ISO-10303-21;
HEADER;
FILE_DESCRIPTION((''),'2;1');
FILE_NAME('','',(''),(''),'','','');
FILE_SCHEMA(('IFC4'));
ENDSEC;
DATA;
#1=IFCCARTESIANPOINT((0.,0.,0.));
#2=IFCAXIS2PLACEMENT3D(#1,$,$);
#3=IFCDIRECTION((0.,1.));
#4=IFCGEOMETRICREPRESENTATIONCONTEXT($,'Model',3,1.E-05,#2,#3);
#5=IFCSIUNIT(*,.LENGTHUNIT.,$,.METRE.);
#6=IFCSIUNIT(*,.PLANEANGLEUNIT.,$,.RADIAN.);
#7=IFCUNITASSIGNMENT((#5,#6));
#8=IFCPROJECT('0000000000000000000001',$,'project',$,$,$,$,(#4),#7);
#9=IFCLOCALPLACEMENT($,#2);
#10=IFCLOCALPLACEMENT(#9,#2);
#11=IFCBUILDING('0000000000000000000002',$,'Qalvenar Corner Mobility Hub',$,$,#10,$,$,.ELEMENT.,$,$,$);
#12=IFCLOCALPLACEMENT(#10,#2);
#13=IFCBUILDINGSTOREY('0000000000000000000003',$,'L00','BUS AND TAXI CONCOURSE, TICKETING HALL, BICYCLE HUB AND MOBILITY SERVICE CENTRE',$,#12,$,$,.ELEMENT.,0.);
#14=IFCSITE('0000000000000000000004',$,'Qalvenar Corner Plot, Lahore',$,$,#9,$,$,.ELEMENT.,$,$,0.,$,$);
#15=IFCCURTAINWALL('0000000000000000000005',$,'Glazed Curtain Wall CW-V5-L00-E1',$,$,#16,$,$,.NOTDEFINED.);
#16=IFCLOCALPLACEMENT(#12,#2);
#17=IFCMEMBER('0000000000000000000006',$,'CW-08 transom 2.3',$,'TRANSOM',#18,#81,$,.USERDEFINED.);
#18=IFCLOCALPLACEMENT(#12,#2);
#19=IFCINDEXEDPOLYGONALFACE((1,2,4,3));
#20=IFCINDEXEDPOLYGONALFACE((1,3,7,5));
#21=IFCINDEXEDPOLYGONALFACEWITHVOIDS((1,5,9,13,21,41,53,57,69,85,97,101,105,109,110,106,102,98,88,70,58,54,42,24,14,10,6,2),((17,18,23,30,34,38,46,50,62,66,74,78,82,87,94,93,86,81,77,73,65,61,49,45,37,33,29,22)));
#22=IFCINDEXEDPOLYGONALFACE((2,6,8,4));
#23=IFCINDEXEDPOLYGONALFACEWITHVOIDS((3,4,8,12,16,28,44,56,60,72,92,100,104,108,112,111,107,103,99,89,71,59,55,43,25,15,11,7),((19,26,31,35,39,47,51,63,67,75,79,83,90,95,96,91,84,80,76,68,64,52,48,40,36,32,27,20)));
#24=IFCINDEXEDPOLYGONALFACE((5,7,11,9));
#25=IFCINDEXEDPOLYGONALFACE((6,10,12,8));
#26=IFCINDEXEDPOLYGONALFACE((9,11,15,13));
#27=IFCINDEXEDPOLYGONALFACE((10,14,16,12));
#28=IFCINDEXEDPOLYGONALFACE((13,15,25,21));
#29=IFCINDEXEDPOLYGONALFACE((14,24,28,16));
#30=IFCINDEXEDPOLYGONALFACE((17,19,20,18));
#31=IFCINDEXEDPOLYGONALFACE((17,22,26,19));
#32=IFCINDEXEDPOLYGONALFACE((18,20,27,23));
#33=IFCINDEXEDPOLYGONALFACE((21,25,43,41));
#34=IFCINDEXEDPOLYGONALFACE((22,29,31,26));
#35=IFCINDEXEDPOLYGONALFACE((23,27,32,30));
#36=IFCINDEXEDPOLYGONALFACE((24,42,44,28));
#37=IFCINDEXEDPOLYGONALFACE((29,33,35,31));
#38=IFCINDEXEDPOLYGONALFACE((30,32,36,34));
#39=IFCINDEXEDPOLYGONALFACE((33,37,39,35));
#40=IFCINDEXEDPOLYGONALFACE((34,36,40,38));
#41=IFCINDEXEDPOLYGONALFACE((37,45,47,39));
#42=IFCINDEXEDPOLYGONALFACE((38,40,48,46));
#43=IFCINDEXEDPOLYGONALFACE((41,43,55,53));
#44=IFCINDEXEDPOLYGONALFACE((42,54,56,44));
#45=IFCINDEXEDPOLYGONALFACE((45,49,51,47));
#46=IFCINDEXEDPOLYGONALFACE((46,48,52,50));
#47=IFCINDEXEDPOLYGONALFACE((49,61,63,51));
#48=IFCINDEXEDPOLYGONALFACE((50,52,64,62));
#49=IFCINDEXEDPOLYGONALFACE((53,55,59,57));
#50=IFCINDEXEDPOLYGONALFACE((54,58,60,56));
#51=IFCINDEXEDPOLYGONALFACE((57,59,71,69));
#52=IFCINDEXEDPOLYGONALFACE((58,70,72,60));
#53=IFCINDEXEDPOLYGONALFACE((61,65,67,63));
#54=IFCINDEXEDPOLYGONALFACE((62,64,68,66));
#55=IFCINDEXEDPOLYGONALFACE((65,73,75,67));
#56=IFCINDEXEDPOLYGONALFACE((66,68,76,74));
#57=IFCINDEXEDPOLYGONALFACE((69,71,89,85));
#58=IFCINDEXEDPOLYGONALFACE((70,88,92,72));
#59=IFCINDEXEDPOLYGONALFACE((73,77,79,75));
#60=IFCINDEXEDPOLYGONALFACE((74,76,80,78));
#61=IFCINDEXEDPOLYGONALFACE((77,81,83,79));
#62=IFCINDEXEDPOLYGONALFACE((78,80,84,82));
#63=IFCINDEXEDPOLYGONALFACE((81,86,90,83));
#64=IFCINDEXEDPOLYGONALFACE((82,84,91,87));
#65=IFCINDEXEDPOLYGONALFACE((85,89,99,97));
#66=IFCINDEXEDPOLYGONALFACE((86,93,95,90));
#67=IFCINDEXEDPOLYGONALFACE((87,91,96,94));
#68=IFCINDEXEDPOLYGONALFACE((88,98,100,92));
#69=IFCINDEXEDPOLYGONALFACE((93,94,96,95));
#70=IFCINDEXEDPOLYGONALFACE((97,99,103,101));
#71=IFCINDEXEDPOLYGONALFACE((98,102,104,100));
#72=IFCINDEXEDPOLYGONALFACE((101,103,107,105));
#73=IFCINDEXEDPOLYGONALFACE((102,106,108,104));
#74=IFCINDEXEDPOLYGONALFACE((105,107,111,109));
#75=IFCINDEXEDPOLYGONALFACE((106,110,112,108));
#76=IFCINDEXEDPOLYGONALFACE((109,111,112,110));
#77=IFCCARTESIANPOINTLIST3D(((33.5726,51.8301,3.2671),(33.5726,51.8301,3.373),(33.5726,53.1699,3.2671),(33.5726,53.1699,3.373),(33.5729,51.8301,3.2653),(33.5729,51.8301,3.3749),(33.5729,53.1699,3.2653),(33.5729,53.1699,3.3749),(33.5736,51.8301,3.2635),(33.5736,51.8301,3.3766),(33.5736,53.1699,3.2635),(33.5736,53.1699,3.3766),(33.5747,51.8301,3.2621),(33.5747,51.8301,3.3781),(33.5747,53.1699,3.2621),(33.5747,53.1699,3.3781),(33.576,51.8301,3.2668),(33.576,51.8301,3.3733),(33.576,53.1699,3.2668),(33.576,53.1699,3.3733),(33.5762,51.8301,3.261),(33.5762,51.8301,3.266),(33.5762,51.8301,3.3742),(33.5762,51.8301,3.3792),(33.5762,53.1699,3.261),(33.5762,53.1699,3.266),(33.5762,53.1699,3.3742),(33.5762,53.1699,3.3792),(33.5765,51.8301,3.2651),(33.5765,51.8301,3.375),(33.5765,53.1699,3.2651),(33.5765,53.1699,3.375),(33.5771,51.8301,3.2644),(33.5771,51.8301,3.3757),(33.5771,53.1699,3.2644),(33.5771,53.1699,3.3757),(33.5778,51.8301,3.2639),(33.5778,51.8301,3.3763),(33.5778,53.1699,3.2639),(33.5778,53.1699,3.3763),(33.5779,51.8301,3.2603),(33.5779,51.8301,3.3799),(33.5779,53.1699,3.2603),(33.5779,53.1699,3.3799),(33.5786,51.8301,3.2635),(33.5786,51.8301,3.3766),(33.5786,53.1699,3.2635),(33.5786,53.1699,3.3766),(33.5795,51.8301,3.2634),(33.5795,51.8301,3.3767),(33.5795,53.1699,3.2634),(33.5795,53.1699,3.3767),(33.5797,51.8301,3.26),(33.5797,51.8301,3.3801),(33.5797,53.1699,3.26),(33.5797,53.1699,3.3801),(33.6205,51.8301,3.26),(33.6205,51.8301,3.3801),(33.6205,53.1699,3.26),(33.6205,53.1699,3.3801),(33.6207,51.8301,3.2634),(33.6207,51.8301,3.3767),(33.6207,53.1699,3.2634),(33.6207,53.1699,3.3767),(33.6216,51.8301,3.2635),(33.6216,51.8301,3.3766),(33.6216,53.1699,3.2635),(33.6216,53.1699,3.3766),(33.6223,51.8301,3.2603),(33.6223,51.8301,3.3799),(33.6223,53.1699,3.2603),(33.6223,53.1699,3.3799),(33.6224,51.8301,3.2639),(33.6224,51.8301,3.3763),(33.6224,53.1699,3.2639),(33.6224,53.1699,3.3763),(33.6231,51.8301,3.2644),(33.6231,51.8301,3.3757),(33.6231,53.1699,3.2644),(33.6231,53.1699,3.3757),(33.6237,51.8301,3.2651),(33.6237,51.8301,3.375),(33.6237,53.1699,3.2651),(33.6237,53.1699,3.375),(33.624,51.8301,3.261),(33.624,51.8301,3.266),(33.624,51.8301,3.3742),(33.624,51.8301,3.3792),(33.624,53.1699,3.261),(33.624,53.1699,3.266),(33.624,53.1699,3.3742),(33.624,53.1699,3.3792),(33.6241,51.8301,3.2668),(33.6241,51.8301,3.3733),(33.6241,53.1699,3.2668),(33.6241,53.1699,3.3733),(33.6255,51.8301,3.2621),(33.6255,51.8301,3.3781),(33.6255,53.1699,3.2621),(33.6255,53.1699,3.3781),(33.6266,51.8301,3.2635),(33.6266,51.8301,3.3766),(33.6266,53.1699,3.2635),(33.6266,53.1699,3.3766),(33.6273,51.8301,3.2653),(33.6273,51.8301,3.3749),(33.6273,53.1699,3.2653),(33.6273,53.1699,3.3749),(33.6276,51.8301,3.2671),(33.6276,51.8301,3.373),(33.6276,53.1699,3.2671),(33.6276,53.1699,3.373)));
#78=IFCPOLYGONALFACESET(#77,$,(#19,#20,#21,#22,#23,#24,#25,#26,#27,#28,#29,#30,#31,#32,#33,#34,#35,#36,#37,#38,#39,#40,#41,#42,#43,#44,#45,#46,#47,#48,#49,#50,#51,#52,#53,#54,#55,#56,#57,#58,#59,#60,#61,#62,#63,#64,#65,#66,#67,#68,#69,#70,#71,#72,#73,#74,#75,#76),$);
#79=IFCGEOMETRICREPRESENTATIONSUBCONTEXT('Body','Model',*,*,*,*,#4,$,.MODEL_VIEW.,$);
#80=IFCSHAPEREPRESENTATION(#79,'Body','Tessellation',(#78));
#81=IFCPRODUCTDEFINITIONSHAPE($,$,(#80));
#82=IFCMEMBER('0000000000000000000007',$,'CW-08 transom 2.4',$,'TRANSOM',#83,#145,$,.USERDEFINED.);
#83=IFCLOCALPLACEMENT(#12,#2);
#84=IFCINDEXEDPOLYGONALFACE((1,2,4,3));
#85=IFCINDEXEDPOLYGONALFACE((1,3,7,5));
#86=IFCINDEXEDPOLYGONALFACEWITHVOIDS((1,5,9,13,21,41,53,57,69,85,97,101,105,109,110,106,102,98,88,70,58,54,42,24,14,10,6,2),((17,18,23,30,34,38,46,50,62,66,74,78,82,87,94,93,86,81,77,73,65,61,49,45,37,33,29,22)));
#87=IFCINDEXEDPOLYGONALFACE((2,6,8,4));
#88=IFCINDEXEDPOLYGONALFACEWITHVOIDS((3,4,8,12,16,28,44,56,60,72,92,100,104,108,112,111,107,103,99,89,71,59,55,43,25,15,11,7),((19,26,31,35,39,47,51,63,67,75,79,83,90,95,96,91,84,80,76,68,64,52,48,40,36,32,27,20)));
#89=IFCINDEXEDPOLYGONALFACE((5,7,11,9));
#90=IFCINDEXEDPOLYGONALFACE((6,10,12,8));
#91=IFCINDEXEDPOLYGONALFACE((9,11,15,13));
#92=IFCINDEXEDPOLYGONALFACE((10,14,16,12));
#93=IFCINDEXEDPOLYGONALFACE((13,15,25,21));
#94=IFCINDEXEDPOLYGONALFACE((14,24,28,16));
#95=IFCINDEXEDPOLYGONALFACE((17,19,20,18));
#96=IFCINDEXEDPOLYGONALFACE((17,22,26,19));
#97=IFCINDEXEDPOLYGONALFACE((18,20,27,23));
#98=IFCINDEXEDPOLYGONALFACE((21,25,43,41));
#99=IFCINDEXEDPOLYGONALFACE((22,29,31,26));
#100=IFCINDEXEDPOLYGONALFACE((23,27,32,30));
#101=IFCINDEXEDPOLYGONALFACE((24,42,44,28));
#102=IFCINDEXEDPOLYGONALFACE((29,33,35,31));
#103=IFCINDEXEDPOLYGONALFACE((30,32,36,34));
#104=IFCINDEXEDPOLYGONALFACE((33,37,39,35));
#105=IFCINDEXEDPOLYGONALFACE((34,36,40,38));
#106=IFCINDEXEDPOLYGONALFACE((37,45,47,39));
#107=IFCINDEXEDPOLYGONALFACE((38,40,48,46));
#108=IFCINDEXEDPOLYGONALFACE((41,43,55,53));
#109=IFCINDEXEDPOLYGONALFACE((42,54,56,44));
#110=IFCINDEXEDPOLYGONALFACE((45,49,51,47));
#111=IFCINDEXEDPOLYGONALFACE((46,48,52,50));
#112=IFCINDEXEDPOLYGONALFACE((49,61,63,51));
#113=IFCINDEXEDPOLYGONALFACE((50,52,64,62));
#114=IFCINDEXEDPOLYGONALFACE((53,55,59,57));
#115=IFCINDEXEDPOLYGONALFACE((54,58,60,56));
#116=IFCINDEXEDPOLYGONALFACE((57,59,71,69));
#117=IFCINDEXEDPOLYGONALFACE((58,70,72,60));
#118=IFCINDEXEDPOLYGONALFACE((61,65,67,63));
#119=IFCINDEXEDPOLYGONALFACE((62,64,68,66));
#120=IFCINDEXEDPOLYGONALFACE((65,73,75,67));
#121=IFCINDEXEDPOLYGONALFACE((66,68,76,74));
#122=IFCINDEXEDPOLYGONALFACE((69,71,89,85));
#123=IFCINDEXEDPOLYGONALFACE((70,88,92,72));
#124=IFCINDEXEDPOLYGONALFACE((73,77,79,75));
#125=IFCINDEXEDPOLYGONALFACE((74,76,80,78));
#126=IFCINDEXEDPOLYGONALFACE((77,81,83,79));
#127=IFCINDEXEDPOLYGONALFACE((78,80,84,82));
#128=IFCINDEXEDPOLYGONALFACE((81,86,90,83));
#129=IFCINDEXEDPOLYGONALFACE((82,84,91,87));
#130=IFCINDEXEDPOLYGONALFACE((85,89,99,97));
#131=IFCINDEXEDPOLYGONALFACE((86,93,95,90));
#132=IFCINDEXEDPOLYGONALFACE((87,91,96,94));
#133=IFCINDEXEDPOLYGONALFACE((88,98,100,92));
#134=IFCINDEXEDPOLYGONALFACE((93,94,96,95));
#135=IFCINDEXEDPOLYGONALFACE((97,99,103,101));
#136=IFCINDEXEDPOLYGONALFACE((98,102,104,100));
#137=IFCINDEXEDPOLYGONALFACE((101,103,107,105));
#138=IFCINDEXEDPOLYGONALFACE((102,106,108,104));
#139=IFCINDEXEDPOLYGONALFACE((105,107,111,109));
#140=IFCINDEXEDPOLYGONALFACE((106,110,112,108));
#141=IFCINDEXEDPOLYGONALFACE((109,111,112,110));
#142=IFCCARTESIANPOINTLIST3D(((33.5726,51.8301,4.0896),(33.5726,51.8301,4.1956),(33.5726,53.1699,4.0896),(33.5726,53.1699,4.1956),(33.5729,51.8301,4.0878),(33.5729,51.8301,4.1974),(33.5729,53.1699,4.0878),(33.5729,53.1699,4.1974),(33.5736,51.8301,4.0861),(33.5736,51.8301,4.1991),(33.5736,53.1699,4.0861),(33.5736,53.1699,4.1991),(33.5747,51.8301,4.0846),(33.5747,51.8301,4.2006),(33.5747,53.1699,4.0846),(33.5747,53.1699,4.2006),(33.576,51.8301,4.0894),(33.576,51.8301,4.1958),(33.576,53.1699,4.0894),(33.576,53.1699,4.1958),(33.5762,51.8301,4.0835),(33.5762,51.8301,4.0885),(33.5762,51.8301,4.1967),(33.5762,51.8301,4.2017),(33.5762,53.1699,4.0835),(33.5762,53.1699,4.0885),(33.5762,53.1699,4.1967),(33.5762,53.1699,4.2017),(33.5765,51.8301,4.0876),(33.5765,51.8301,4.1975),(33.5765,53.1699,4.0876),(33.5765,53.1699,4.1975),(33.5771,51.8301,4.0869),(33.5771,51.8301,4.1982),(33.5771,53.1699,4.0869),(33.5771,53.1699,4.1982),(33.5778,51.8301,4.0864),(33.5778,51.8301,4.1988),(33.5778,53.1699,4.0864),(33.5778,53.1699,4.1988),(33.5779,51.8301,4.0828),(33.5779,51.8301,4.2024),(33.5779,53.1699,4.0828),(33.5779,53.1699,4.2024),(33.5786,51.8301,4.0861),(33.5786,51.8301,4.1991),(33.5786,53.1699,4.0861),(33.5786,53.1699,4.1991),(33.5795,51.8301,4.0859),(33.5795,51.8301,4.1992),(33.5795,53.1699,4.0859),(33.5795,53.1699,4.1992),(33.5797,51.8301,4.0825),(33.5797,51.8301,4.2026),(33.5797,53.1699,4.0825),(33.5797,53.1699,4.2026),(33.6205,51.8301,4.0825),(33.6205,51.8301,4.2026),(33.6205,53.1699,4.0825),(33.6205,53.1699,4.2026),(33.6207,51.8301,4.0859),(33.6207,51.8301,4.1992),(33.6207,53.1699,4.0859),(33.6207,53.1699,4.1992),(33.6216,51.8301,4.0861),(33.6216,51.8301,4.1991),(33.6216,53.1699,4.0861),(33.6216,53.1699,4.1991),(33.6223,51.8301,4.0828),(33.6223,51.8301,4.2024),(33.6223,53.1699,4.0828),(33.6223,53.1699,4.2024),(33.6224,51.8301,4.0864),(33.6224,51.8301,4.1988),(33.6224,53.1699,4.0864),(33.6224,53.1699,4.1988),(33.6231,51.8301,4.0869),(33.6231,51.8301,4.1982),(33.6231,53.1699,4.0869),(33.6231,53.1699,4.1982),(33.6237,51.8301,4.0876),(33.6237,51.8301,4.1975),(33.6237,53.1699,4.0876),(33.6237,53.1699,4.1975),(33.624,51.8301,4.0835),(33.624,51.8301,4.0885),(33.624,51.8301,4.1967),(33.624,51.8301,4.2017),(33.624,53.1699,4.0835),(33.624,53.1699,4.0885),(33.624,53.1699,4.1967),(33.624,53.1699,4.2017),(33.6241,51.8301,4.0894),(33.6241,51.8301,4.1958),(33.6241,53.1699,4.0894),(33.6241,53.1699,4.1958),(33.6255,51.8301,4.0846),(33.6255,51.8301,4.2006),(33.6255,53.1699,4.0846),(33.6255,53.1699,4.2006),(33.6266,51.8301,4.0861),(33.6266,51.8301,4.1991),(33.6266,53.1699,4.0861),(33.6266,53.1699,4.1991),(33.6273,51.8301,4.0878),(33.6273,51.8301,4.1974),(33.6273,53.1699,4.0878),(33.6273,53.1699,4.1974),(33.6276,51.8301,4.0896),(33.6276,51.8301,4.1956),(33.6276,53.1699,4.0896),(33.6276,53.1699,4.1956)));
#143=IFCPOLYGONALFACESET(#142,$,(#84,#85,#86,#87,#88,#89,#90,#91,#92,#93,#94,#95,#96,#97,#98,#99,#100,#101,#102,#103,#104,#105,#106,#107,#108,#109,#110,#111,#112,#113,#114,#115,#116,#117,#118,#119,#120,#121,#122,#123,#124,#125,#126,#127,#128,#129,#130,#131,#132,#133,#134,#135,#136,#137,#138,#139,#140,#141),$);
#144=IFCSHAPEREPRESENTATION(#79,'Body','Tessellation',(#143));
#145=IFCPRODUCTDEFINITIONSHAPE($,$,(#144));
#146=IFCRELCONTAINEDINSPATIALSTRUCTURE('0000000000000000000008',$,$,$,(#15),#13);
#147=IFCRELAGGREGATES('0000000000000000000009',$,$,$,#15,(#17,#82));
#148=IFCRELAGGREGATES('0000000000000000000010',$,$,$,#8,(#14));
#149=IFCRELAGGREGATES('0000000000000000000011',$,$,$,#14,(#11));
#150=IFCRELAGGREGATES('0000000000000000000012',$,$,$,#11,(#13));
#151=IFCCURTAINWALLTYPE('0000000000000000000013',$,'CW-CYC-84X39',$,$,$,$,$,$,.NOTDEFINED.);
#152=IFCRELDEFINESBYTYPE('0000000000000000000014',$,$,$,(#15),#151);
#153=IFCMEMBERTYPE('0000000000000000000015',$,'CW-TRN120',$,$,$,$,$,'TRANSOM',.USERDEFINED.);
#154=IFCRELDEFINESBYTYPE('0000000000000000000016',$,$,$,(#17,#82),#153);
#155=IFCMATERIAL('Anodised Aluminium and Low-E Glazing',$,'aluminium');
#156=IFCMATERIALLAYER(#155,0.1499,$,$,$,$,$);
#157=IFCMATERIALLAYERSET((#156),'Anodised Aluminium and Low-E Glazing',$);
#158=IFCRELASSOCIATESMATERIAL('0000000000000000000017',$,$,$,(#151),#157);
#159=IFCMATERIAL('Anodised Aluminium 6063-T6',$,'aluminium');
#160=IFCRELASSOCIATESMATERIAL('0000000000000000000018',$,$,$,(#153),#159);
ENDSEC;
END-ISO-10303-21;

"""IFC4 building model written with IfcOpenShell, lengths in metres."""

from ifc_helpers import new_model, si_unit, direction, frame, origin, origin_2d, place, context, subcontext, project, spatial, hollow_rectangle, extrude, material, layer, layer_set, material_profile, profile_set, type_object, element, aggregate, save


model = new_model("IFC4")

# Units and contexts
model_context = context("Model", 3, precision=1e-05, world=origin(), true_north=direction((0.0, 1.0)))
body_context = subcontext(model_context, "Body", "Model", "MODEL_VIEW")
ifc_project = project(units=[si_unit("LENGTHUNIT", "METRE"), si_unit("PLANEANGLEUNIT", "RADIAN")], contexts=[model_context])

# Site, building, storey
site_placement = place(None, origin())
site = spatial("IfcSite", under=ifc_project, at=site_placement, Name="Qalvenar Corner Plot, Lahore", CompositionType="ELEMENT", RefElevation=0.0)
building_placement = place(site_placement, origin())
building = spatial("IfcBuilding", under=site, at=building_placement, Name="Qalvenar Corner Mobility Hub", CompositionType="ELEMENT")
storey_placement = place(building_placement, origin())
storey = spatial("IfcBuildingStorey", under=building, at=storey_placement, Name="L00", Description="BUS AND TAXI CONCOURSE, TICKETING HALL, BICYCLE HUB AND MOBILITY SERVICE CENTRE", CompositionType="ELEMENT", Elevation=0.0)

# Curtain wall, members
ifc_material_1 = material(Name="Anodised Aluminium and Low-E Glazing", Category="aluminium")
ifc_layer_1 = layer(ifc_material_1, 0.1499)
ifc_layer_set_1 = layer_set([ifc_layer_1], Name="Anodised Aluminium and Low-E Glazing")
curtain_wall_type = type_object("IfcCurtainWallType", Name="CW-CYC-84X39", PredefinedType="NOTDEFINED", material=ifc_layer_set_1)
curtain_wall_placement = place(storey_placement, origin())
curtain_wall = element("IfcCurtainWall", 1, at=curtain_wall_placement, inside=storey, type_object=curtain_wall_type, Name="Glazed Curtain Wall CW-V5-L00-E1", PredefinedType="NOTDEFINED")
ifc_material_2 = material(Name="Anodised Aluminium 6063-T6", Category="aluminium")
ifc_material_profile_1 = material_profile(ifc_material_2, hollow_rectangle(XDim=0.0549, YDim=0.1201, WallThickness=0.0034, InnerFilletRadius=0.0034, OuterFilletRadius=0.0071, at=origin_2d()), Name="RHS120x55x3.5")
ifc_profile_set_1 = profile_set([ifc_material_profile_1], Name="Anodised Aluminium 6063-T6")
member_type_1 = type_object("IfcMemberType", Name="CW-TRN120", ElementType="TRANSOM", PredefinedType="USERDEFINED", material=ifc_profile_set_1)
member_1_placement = place(storey_placement, frame((33.6001, 51.8301, 3.3201), z_axis=(0.0, 1.0, 0.0), x_axis=(-1.0, 0.0, 0.0)))
member_1 = element("IfcMember", 2, at=member_1_placement, type_object=member_type_1, Name="CW-08 transom 2.3", ObjectType="TRANSOM", PredefinedType="USERDEFINED", context=body_context, shape_type="SweptSolid", body=[
    extrude(hollow_rectangle(XDim=0.0549, YDim=0.1201, WallThickness=0.0034, InnerFilletRadius=0.0034, OuterFilletRadius=0.0071, at=origin_2d()), origin(), (0.0, 0.0, 1.0), 1.3398),
])
member_2_placement = place(storey_placement, frame((33.6001, 51.8301, 4.1426), z_axis=(0.0, 1.0, 0.0), x_axis=(-1.0, 0.0, 0.0)))
member_2 = element("IfcMember", 3, at=member_2_placement, type_object=member_type_1, Name="CW-08 transom 2.4", ObjectType="TRANSOM", PredefinedType="USERDEFINED", context=body_context, shape_type="SweptSolid", body=[
    extrude(hollow_rectangle(XDim=0.0549, YDim=0.1201, WallThickness=0.0034, InnerFilletRadius=0.0034, OuterFilletRadius=0.0071, at=origin_2d()), origin(), (0.0, 0.0, 1.0), 1.3398),
])
aggregate(curtain_wall, [member_1, member_2])

save(model, "model.ifc")
